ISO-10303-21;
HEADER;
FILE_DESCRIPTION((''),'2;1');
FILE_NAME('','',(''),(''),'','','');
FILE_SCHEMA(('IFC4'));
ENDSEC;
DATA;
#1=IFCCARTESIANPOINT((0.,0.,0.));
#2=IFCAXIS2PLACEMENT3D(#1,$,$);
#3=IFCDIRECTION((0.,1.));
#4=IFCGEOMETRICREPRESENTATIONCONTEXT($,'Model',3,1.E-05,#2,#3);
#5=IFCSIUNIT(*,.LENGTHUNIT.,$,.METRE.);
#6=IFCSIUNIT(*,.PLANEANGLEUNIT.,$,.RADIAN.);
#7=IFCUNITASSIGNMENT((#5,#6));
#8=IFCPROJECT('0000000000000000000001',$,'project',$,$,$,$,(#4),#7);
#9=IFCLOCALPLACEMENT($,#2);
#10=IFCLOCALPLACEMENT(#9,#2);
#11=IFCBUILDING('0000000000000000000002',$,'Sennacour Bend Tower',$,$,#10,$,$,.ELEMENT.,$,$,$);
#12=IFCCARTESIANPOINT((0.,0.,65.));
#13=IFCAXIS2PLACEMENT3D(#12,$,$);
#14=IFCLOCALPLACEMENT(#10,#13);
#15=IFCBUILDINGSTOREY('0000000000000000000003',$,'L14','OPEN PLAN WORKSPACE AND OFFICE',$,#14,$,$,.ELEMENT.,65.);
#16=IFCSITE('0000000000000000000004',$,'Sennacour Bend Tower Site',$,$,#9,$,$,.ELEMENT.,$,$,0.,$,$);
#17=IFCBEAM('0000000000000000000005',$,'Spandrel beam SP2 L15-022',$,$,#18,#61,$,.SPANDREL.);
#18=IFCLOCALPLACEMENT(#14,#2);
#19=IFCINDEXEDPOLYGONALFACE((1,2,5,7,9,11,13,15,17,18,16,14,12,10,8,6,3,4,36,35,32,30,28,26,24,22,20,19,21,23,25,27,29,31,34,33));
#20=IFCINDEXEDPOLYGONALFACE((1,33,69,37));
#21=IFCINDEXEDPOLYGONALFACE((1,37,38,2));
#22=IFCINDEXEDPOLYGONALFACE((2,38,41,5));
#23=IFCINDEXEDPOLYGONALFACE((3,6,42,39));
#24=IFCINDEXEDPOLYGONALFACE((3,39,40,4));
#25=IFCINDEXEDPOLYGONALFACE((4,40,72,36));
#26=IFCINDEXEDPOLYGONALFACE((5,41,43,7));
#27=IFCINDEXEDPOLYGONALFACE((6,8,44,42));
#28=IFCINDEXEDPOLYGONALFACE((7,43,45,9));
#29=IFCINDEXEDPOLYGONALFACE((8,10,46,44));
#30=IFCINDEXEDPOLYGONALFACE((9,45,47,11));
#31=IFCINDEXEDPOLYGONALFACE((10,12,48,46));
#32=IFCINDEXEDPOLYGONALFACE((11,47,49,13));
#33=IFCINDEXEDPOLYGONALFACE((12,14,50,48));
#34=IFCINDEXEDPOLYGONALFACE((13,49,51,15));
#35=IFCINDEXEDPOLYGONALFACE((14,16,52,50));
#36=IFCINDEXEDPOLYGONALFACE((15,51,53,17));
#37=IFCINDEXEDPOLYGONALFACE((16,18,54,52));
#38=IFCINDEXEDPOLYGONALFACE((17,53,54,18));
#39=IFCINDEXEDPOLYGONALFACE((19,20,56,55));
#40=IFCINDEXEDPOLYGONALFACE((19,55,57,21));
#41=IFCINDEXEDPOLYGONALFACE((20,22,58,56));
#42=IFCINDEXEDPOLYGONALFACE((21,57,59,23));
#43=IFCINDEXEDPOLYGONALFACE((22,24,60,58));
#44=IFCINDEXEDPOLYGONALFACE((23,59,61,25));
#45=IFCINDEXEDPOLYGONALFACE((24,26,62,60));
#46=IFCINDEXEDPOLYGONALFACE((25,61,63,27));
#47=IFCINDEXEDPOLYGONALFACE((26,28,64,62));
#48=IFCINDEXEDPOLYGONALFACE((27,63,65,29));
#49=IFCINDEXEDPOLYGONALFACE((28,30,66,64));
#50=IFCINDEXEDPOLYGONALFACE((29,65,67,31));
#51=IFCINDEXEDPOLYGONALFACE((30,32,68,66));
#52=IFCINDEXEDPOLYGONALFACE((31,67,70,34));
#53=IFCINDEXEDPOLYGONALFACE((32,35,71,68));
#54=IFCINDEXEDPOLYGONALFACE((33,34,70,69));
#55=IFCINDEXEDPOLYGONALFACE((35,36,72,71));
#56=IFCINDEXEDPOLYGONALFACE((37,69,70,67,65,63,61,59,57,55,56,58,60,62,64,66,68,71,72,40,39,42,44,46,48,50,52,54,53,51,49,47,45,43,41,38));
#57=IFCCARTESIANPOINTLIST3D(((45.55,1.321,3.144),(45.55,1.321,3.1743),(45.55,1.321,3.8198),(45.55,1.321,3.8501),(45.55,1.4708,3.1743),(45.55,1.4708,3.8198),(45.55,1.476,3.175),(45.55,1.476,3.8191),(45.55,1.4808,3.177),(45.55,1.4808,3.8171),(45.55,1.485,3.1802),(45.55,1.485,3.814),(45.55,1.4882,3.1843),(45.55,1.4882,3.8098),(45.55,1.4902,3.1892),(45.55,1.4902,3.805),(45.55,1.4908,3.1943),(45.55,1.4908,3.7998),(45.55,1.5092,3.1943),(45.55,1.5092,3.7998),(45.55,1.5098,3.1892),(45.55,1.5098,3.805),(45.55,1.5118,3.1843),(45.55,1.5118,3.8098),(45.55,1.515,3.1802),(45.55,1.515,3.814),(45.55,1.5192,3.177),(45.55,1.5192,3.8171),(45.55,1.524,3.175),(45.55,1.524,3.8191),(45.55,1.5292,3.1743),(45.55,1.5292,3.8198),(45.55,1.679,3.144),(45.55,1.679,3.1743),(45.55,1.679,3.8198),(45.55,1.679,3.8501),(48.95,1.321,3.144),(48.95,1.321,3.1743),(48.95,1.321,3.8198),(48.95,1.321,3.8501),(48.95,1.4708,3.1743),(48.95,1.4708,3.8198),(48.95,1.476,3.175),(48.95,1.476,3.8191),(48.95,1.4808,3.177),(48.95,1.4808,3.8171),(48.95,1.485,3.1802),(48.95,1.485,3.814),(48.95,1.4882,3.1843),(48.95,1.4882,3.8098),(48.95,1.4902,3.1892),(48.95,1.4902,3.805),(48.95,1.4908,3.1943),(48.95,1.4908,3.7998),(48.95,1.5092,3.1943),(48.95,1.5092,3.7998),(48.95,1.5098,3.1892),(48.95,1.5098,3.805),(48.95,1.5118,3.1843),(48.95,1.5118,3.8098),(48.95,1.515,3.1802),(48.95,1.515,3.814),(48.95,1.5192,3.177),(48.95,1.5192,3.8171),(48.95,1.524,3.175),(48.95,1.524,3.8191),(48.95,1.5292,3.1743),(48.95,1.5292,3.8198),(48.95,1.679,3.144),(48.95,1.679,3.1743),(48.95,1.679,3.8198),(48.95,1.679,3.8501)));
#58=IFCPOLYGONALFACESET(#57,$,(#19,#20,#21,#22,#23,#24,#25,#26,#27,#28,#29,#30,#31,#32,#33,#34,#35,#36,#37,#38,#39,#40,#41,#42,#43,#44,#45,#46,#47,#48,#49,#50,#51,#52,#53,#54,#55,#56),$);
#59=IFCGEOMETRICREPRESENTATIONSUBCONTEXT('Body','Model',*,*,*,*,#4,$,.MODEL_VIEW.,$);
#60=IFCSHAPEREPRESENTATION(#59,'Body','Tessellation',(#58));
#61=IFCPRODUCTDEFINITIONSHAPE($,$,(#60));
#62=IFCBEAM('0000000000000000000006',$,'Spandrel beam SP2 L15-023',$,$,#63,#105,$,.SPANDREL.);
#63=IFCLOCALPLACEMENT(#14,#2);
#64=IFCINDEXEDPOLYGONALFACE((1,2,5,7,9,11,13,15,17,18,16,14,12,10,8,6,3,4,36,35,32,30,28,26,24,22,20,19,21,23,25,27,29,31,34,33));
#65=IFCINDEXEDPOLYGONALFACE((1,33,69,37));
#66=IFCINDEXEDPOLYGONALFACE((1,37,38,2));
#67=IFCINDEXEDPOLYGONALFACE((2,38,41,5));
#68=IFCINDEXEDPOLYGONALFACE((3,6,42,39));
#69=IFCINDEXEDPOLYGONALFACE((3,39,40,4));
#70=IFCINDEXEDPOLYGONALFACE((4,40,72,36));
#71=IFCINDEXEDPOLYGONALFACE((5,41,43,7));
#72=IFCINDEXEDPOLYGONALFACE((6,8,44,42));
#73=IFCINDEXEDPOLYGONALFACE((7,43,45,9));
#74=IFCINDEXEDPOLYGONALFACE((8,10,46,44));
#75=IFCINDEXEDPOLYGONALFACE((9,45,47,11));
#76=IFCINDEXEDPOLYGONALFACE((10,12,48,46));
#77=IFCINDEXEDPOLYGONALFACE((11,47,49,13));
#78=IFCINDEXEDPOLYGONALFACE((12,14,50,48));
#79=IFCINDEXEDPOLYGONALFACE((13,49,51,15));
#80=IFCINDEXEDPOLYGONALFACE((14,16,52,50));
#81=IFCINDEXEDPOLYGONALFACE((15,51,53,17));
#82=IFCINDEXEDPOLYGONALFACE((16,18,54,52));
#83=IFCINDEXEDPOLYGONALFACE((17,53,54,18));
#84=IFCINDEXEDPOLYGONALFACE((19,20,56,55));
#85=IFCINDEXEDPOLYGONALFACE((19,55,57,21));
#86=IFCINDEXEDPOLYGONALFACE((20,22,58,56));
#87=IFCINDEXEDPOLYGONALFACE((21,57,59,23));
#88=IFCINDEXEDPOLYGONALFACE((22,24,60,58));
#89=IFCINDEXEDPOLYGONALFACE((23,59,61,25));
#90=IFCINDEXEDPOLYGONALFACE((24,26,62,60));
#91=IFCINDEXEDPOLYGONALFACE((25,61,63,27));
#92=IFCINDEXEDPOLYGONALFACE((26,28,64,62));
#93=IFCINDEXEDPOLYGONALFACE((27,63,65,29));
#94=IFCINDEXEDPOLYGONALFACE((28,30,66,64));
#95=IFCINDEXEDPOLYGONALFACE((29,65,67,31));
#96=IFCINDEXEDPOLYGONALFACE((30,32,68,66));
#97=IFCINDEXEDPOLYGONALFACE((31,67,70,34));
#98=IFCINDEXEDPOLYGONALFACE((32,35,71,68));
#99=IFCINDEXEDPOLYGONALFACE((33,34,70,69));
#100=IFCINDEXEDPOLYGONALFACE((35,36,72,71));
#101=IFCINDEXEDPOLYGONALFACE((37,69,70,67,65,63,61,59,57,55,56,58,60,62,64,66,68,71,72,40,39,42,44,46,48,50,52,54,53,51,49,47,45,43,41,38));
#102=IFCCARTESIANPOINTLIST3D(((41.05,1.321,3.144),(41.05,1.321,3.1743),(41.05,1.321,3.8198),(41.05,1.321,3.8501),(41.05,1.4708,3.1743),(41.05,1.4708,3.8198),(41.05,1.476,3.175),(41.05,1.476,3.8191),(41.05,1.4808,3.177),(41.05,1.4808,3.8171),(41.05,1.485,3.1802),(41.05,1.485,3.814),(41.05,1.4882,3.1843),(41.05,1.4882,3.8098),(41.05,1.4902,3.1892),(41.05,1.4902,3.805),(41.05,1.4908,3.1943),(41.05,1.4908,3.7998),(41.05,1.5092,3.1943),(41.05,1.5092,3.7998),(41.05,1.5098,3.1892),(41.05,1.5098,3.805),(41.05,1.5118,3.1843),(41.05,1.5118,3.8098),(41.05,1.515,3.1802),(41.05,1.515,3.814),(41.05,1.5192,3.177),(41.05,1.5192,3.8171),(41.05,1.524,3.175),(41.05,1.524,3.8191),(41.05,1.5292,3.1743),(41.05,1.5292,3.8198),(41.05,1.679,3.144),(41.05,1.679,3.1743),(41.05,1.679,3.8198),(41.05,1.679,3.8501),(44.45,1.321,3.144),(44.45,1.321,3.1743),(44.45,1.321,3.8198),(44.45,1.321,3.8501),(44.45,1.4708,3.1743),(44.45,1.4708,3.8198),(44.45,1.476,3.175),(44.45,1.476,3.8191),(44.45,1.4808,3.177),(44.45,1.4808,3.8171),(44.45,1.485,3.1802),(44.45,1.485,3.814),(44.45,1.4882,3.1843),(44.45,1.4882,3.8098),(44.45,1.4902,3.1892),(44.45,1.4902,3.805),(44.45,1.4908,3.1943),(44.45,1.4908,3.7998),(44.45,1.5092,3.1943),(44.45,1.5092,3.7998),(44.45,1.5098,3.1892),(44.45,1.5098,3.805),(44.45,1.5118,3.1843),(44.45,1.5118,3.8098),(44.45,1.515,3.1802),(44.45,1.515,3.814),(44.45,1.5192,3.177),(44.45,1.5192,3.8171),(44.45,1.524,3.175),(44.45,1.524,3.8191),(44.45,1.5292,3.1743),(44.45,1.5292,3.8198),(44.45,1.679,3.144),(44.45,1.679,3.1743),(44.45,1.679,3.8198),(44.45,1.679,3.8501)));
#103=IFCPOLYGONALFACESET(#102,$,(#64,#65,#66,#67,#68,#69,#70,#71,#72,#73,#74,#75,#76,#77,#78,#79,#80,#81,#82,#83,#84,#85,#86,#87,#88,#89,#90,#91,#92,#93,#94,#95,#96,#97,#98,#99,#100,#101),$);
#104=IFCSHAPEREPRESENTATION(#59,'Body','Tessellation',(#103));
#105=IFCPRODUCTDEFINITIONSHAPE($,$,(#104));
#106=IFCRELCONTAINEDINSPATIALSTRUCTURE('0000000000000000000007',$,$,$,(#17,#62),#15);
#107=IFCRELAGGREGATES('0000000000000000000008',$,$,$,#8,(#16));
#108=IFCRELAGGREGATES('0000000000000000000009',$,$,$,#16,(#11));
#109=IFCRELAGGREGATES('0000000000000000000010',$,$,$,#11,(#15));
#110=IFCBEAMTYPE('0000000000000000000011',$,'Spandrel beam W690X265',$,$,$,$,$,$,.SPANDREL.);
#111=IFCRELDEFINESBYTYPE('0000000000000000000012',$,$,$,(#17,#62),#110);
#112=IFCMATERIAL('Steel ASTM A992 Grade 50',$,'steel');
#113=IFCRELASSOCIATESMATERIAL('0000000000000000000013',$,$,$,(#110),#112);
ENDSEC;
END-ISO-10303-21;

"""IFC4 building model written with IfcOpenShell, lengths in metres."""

from ifc_helpers import new_model, si_unit, direction, frame, origin, origin_2d, place, context, subcontext, project, spatial, i_section, extrude, material, material_profile, profile_set, type_object, element, save


model = new_model("IFC4")

# Units and contexts
model_context = context("Model", 3, precision=1e-05, world=origin(), true_north=direction((0.0, 1.0)))
body_context = subcontext(model_context, "Body", "Model", "MODEL_VIEW")
ifc_project = project(units=[si_unit("LENGTHUNIT", "METRE"), si_unit("PLANEANGLEUNIT", "RADIAN")], contexts=[model_context])

# Site, building, storey
site_placement = place(None, origin())
site = spatial("IfcSite", under=ifc_project, at=site_placement, Name="Sennacour Bend Tower Site", CompositionType="ELEMENT", RefElevation=0.0)
building_placement = place(site_placement, origin())
building = spatial("IfcBuilding", under=site, at=building_placement, Name="Sennacour Bend Tower", CompositionType="ELEMENT")
storey_placement = place(building_placement, frame((0.0, 0.0, 65.0)))
storey = spatial("IfcBuildingStorey", under=building, at=storey_placement, Name="L14", Description="OPEN PLAN WORKSPACE AND OFFICE", CompositionType="ELEMENT", Elevation=65.0)

# Beams
ifc_material_1 = material(Name="Steel ASTM A992 Grade 50", Category="steel")
ifc_material_profile_1 = material_profile(ifc_material_1, i_section(OverallWidth=0.3579, OverallDepth=0.7061, WebThickness=0.0183, FlangeThickness=0.0303, FilletRadius=0.02, at=origin_2d()), Name="Steel ASTM A992 Grade 50", Category="steel")
ifc_profile_set_1 = profile_set([ifc_material_profile_1], Name="Steel ASTM A992 Grade 50")
beam_type_1 = type_object("IfcBeamType", Name="Spandrel beam W690X265", PredefinedType="SPANDREL", material=ifc_profile_set_1)
for number, where, z_axis, x_axis, name in (
    (1, (48.95, 1.5, 3.4971), (-1.0, 0.0, 0.0), (0.0, -1.0, 0.0), "Spandrel beam SP2 L15-022"),
    (2, (44.45, 1.5, 3.4971), (-1.0, 0.0, 0.0), (0.0, -1.0, 0.0), "Spandrel beam SP2 L15-023"),
):
    element("IfcBeam", number, at=place(storey_placement, frame(where, z_axis=z_axis, x_axis=x_axis)), inside=storey, type_object=beam_type_1, Name=name, PredefinedType="SPANDREL", context=body_context, shape_type="SweptSolid", body=[
        extrude(i_section(OverallWidth=0.3579, OverallDepth=0.7061, WebThickness=0.0183, FlangeThickness=0.0303, FilletRadius=0.02, at=origin_2d()), origin(), (0.0, 0.0, 1.0), 3.3999),
    ])

save(model, "model.ifc")
